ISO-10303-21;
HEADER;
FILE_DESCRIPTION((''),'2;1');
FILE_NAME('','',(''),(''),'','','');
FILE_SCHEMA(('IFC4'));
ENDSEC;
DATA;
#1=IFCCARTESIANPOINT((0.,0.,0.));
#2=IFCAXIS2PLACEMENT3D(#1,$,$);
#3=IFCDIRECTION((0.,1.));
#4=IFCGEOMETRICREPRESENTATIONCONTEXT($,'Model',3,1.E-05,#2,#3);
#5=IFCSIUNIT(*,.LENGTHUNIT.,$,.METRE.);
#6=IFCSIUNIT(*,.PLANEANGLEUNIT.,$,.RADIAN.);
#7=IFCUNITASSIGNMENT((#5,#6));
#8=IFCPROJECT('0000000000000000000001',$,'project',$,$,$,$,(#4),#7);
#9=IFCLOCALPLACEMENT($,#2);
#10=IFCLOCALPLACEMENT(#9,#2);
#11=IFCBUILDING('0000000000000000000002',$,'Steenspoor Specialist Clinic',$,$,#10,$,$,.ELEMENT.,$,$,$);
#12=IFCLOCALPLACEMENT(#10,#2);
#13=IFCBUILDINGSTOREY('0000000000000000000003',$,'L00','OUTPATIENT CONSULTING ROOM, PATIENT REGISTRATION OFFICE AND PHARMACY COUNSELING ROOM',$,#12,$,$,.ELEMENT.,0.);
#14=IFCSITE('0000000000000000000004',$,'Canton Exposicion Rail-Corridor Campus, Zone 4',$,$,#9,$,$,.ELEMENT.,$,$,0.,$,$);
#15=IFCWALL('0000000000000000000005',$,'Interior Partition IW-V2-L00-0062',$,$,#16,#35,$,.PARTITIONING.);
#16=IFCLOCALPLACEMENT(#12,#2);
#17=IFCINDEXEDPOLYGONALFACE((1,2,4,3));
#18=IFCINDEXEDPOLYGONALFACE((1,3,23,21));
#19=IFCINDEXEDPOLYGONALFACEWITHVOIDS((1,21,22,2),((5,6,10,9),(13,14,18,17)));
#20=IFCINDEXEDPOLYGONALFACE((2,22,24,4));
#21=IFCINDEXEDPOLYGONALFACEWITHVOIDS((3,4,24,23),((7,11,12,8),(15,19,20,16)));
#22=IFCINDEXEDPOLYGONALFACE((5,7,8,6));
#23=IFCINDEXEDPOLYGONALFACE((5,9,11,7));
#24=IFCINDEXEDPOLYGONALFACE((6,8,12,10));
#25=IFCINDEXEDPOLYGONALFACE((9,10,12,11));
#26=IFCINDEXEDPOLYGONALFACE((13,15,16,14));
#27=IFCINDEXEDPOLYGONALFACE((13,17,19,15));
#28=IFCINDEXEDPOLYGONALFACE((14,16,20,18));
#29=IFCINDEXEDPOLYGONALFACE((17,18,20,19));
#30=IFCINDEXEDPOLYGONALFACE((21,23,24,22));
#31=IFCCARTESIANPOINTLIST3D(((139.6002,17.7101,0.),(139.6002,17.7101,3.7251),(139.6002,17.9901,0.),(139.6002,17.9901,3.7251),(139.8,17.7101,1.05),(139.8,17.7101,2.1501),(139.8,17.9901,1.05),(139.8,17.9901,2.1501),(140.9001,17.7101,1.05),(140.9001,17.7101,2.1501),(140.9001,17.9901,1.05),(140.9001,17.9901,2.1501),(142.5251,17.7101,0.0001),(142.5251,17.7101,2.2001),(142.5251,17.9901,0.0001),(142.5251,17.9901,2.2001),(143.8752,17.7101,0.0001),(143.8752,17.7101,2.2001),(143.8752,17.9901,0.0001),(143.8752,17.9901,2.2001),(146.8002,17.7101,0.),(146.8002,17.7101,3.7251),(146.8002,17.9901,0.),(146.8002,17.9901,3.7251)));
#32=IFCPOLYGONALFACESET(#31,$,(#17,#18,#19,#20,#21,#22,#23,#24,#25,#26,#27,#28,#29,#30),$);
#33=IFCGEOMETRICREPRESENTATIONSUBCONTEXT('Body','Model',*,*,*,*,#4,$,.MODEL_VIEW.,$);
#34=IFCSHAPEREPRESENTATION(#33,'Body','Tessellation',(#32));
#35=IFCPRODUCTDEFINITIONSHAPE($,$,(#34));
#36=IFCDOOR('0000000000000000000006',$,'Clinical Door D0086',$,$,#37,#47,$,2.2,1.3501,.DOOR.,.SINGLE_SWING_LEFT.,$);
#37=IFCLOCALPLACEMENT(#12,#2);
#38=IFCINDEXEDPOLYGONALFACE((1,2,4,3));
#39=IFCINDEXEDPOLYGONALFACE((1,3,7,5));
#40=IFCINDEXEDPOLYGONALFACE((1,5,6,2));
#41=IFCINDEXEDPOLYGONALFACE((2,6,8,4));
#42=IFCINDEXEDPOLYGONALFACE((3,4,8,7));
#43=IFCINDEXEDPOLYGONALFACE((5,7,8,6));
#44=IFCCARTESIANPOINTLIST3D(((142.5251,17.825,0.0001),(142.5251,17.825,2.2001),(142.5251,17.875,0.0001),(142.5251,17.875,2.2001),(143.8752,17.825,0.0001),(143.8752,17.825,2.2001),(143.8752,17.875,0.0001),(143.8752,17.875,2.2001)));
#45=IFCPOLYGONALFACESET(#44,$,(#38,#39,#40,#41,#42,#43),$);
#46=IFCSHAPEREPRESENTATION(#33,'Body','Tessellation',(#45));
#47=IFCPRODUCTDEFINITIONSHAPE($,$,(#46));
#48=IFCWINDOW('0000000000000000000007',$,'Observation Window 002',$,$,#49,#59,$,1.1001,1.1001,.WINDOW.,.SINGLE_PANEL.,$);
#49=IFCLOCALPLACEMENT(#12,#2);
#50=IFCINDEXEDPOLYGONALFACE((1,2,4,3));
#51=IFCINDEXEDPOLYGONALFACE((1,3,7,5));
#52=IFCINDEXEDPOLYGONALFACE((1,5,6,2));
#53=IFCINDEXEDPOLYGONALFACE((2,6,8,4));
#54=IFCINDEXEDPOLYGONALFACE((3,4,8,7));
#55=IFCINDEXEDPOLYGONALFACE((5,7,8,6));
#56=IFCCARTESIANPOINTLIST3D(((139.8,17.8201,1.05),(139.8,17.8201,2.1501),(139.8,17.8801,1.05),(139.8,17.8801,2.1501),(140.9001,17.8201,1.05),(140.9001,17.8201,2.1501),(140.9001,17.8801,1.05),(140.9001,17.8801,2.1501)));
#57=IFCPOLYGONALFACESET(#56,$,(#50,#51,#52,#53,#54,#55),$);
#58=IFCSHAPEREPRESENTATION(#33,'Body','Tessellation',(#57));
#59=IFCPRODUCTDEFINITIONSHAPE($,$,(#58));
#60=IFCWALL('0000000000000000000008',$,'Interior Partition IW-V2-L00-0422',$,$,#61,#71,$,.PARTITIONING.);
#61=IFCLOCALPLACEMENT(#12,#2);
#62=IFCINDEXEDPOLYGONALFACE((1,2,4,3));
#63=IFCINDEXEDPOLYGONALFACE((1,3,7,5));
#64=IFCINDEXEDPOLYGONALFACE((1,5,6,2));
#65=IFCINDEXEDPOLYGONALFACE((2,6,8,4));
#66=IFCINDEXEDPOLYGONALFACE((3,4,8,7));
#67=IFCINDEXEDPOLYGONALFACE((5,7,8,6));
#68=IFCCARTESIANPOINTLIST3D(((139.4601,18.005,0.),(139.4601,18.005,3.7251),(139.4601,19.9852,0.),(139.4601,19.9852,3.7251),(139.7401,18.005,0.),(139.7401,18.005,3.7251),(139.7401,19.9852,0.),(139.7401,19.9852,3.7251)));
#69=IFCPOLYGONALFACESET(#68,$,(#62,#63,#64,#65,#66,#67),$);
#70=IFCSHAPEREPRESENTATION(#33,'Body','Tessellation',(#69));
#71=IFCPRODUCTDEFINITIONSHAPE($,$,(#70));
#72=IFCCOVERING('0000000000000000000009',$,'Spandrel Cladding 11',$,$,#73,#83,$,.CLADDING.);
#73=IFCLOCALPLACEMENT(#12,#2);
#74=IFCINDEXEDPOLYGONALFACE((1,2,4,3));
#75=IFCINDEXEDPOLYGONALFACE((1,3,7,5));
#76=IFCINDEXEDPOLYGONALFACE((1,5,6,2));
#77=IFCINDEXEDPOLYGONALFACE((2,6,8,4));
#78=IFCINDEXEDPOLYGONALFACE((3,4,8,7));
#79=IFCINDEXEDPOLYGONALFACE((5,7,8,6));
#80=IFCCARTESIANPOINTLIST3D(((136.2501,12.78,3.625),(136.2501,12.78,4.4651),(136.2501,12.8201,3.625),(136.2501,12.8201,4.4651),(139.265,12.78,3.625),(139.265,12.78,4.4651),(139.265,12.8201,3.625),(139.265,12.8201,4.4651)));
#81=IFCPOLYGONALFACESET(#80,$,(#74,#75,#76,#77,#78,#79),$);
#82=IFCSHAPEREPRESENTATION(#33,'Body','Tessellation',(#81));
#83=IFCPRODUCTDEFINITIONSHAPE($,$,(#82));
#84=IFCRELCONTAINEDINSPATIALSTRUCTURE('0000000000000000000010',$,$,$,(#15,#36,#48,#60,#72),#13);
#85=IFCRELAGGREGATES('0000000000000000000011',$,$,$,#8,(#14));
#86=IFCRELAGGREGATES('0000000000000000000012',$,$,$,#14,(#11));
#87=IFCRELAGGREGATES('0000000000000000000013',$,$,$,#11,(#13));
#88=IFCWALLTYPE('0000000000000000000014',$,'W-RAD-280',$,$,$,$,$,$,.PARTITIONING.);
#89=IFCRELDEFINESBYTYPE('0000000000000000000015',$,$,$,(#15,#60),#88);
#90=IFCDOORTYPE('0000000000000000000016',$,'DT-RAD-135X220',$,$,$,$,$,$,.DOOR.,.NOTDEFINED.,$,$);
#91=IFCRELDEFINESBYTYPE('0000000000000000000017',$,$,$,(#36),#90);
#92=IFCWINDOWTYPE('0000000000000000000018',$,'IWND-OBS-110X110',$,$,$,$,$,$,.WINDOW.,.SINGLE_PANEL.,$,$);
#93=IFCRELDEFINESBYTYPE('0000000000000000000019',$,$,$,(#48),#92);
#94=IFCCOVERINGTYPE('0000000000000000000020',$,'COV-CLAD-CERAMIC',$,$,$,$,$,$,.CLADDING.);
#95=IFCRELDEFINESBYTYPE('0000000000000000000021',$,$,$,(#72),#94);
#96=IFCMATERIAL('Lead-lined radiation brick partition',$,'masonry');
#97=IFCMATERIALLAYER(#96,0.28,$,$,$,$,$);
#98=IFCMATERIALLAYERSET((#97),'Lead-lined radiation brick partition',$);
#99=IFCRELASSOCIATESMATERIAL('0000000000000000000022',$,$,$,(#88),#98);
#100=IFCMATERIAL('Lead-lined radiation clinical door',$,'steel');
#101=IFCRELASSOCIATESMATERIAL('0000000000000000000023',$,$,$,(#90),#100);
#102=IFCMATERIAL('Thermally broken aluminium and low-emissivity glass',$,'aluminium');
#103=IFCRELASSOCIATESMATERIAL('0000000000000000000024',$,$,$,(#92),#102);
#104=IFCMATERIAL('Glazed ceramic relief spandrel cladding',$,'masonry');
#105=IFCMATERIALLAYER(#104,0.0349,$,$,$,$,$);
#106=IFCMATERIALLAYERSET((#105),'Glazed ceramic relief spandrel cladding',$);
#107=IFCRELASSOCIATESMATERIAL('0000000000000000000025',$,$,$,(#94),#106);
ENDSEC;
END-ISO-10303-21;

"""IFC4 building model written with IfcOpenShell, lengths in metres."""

from ifc_helpers import new_model, si_unit, direction, frame, frame_2d, origin, origin_2d, place, context, subcontext, project, spatial, rectangle, extrude, material, layer, layer_set, type_object, element, fill, save


model = new_model("IFC4")

# Units and contexts
model_context = context("Model", 3, precision=1e-05, world=origin(), true_north=direction((0.0, 1.0)))
body_context = subcontext(model_context, "Body", "Model", "MODEL_VIEW")
ifc_project = project(units=[si_unit("LENGTHUNIT", "METRE"), si_unit("PLANEANGLEUNIT", "RADIAN")], contexts=[model_context])

# Site, building, storey
site_placement = place(None, origin())
site = spatial("IfcSite", under=ifc_project, at=site_placement, Name="Canton Exposicion Rail-Corridor Campus, Zone 4", CompositionType="ELEMENT", RefElevation=0.0)
building_placement = place(site_placement, origin())
building = spatial("IfcBuilding", under=site, at=building_placement, Name="Steenspoor Specialist Clinic", CompositionType="ELEMENT")
storey_placement = place(building_placement, origin())
storey = spatial("IfcBuildingStorey", under=building, at=storey_placement, Name="L00", Description="OUTPATIENT CONSULTING ROOM, PATIENT REGISTRATION OFFICE AND PHARMACY COUNSELING ROOM", CompositionType="ELEMENT", Elevation=0.0)

# Shared definitions
ifc_material_1 = material(Name="Thermally broken aluminium and low-emissivity glass", Category="aluminium")

# Wall, openings, door, window
ifc_material_2 = material(Name="Lead-lined radiation brick partition", Category="masonry")
ifc_layer_1 = layer(ifc_material_2, 0.28)
ifc_layer_set_1 = layer_set([ifc_layer_1], Name="Lead-lined radiation brick partition")
wall_type_1 = type_object("IfcWallType", Name="W-RAD-280", PredefinedType="PARTITIONING", material=ifc_layer_set_1)
wall_1_placement = place(storey_placement, frame((139.6001, 17.8501, 0.0), z_axis=(0.0, 0.0, 1.0), x_axis=(1.0, 0.0, 0.0)))
wall_1 = element("IfcWall", 1, at=wall_1_placement, inside=storey, type_object=wall_type_1, Name="Interior Partition IW-V2-L00-0062", PredefinedType="PARTITIONING", context=body_context, shape_type="SweptSolid", body=[
    extrude(rectangle(XDim=7.2, YDim=0.28, at=frame_2d((3.6001, 0.0))), origin(), (0.0, 0.0, 1.0), 3.7251),
])
opening_1_placement = place(wall_1_placement, frame((2.925, 0.0, 0.0)))
opening_1 = element("IfcOpeningElement", 2, at=opening_1_placement, cuts=wall_1, PredefinedType="OPENING", context=body_context, shape_type="SweptSolid", body=[
    extrude(rectangle(XDim=1.3501, YDim=2.2, at=frame_2d((0.675, 1.1001))), frame((0.0, 0.1499, 0.0), z_axis=(0.0, -1.0, 0.0), x_axis=(1.0, 0.0, 0.0)), (0.0, 0.0, 1.0), 0.3),
])
opening_2_placement = place(wall_1_placement, frame((0.2, 0.0, 1.05)))
opening_2 = element("IfcOpeningElement", 3, at=opening_2_placement, cuts=wall_1, PredefinedType="OPENING", context=body_context, shape_type="SweptSolid", body=[
    extrude(rectangle(XDim=1.1001, YDim=1.1001, at=frame_2d((0.55, 0.55))), frame((0.0, 0.1499, 0.0), z_axis=(0.0, -1.0, 0.0), x_axis=(1.0, 0.0, 0.0)), (0.0, 0.0, 1.0), 0.3),
])
ifc_material_3 = material(Name="Lead-lined radiation clinical door", Category="steel")
door_type_1 = type_object("IfcDoorType", Name="DT-RAD-135X220", OperationType="NOTDEFINED", PredefinedType="DOOR", material=ifc_material_3)
door_1_placement = place(opening_1_placement, origin())
door_1 = element("IfcDoor", 4, at=door_1_placement, inside=storey, type_object=door_type_1, Name="Clinical Door D0086", OperationType="SINGLE_SWING_LEFT", OverallHeight=2.2, OverallWidth=1.3501, PredefinedType="DOOR", context=body_context, shape_type="SweptSolid", body=[
    extrude(rectangle(XDim=1.3501, YDim=2.2, at=frame_2d((0.675, 1.1001))), frame((0.0, 0.0249, 0.0), z_axis=(0.0, -1.0, 0.0), x_axis=(1.0, 0.0, 0.0)), (0.0, 0.0, 1.0), 0.05),
])
fill(opening_1, door_1)
window_type_1 = type_object("IfcWindowType", Name="IWND-OBS-110X110", PartitioningType="SINGLE_PANEL", PredefinedType="WINDOW", material=ifc_material_1)
window_1_placement = place(opening_2_placement, origin())
window_1 = element("IfcWindow", 5, at=window_1_placement, inside=storey, type_object=window_type_1, Name="Observation Window 002", OverallHeight=1.1001, OverallWidth=1.1001, PartitioningType="SINGLE_PANEL", PredefinedType="WINDOW", context=body_context, shape_type="SweptSolid", body=[
    extrude(rectangle(XDim=1.1001, YDim=1.1001, at=frame_2d((0.55, 0.55))), frame((0.0, 0.03, 0.0), z_axis=(0.0, -1.0, 0.0), x_axis=(1.0, 0.0, 0.0)), (0.0, 0.0, 1.0), 0.0601),
])
fill(opening_2, window_1)

# Wall
wall_2_placement = place(storey_placement, frame((139.6001, 18.0049, 0.0), z_axis=(0.0, 0.0, 1.0), x_axis=(0.0, 1.0, 0.0)))
element("IfcWall", 6, at=wall_2_placement, inside=storey, type_object=wall_type_1, Name="Interior Partition IW-V2-L00-0422", PredefinedType="PARTITIONING", context=body_context, shape_type="SweptSolid", body=[
    extrude(rectangle(XDim=1.9802, YDim=0.28, at=frame_2d((0.9902, 0.0))), origin(), (0.0, 0.0, 1.0), 3.7251),
])

# Covering
ifc_material_4 = material(Name="Glazed ceramic relief spandrel cladding", Category="masonry")
ifc_layer_2 = layer(ifc_material_4, 0.0349)
ifc_layer_set_2 = layer_set([ifc_layer_2], Name="Glazed ceramic relief spandrel cladding")
covering_type = type_object("IfcCoveringType", Name="COV-CLAD-CERAMIC", PredefinedType="CLADDING", material=ifc_layer_set_2)
covering_placement = place(storey_placement, frame((137.7576, 12.8, 3.625), z_axis=(0.0, 0.0, 1.0), x_axis=(-1.0, 0.0, 0.0)))
element("IfcCovering", 7, at=covering_placement, inside=storey, type_object=covering_type, Name="Spandrel Cladding 11", PredefinedType="CLADDING", context=body_context, shape_type="SweptSolid", body=[
    extrude(rectangle(XDim=3.0149, YDim=0.04, at=origin_2d()), origin(), (0.0, 0.0, 1.0), 0.8401),
])

save(model, "model.ifc")
